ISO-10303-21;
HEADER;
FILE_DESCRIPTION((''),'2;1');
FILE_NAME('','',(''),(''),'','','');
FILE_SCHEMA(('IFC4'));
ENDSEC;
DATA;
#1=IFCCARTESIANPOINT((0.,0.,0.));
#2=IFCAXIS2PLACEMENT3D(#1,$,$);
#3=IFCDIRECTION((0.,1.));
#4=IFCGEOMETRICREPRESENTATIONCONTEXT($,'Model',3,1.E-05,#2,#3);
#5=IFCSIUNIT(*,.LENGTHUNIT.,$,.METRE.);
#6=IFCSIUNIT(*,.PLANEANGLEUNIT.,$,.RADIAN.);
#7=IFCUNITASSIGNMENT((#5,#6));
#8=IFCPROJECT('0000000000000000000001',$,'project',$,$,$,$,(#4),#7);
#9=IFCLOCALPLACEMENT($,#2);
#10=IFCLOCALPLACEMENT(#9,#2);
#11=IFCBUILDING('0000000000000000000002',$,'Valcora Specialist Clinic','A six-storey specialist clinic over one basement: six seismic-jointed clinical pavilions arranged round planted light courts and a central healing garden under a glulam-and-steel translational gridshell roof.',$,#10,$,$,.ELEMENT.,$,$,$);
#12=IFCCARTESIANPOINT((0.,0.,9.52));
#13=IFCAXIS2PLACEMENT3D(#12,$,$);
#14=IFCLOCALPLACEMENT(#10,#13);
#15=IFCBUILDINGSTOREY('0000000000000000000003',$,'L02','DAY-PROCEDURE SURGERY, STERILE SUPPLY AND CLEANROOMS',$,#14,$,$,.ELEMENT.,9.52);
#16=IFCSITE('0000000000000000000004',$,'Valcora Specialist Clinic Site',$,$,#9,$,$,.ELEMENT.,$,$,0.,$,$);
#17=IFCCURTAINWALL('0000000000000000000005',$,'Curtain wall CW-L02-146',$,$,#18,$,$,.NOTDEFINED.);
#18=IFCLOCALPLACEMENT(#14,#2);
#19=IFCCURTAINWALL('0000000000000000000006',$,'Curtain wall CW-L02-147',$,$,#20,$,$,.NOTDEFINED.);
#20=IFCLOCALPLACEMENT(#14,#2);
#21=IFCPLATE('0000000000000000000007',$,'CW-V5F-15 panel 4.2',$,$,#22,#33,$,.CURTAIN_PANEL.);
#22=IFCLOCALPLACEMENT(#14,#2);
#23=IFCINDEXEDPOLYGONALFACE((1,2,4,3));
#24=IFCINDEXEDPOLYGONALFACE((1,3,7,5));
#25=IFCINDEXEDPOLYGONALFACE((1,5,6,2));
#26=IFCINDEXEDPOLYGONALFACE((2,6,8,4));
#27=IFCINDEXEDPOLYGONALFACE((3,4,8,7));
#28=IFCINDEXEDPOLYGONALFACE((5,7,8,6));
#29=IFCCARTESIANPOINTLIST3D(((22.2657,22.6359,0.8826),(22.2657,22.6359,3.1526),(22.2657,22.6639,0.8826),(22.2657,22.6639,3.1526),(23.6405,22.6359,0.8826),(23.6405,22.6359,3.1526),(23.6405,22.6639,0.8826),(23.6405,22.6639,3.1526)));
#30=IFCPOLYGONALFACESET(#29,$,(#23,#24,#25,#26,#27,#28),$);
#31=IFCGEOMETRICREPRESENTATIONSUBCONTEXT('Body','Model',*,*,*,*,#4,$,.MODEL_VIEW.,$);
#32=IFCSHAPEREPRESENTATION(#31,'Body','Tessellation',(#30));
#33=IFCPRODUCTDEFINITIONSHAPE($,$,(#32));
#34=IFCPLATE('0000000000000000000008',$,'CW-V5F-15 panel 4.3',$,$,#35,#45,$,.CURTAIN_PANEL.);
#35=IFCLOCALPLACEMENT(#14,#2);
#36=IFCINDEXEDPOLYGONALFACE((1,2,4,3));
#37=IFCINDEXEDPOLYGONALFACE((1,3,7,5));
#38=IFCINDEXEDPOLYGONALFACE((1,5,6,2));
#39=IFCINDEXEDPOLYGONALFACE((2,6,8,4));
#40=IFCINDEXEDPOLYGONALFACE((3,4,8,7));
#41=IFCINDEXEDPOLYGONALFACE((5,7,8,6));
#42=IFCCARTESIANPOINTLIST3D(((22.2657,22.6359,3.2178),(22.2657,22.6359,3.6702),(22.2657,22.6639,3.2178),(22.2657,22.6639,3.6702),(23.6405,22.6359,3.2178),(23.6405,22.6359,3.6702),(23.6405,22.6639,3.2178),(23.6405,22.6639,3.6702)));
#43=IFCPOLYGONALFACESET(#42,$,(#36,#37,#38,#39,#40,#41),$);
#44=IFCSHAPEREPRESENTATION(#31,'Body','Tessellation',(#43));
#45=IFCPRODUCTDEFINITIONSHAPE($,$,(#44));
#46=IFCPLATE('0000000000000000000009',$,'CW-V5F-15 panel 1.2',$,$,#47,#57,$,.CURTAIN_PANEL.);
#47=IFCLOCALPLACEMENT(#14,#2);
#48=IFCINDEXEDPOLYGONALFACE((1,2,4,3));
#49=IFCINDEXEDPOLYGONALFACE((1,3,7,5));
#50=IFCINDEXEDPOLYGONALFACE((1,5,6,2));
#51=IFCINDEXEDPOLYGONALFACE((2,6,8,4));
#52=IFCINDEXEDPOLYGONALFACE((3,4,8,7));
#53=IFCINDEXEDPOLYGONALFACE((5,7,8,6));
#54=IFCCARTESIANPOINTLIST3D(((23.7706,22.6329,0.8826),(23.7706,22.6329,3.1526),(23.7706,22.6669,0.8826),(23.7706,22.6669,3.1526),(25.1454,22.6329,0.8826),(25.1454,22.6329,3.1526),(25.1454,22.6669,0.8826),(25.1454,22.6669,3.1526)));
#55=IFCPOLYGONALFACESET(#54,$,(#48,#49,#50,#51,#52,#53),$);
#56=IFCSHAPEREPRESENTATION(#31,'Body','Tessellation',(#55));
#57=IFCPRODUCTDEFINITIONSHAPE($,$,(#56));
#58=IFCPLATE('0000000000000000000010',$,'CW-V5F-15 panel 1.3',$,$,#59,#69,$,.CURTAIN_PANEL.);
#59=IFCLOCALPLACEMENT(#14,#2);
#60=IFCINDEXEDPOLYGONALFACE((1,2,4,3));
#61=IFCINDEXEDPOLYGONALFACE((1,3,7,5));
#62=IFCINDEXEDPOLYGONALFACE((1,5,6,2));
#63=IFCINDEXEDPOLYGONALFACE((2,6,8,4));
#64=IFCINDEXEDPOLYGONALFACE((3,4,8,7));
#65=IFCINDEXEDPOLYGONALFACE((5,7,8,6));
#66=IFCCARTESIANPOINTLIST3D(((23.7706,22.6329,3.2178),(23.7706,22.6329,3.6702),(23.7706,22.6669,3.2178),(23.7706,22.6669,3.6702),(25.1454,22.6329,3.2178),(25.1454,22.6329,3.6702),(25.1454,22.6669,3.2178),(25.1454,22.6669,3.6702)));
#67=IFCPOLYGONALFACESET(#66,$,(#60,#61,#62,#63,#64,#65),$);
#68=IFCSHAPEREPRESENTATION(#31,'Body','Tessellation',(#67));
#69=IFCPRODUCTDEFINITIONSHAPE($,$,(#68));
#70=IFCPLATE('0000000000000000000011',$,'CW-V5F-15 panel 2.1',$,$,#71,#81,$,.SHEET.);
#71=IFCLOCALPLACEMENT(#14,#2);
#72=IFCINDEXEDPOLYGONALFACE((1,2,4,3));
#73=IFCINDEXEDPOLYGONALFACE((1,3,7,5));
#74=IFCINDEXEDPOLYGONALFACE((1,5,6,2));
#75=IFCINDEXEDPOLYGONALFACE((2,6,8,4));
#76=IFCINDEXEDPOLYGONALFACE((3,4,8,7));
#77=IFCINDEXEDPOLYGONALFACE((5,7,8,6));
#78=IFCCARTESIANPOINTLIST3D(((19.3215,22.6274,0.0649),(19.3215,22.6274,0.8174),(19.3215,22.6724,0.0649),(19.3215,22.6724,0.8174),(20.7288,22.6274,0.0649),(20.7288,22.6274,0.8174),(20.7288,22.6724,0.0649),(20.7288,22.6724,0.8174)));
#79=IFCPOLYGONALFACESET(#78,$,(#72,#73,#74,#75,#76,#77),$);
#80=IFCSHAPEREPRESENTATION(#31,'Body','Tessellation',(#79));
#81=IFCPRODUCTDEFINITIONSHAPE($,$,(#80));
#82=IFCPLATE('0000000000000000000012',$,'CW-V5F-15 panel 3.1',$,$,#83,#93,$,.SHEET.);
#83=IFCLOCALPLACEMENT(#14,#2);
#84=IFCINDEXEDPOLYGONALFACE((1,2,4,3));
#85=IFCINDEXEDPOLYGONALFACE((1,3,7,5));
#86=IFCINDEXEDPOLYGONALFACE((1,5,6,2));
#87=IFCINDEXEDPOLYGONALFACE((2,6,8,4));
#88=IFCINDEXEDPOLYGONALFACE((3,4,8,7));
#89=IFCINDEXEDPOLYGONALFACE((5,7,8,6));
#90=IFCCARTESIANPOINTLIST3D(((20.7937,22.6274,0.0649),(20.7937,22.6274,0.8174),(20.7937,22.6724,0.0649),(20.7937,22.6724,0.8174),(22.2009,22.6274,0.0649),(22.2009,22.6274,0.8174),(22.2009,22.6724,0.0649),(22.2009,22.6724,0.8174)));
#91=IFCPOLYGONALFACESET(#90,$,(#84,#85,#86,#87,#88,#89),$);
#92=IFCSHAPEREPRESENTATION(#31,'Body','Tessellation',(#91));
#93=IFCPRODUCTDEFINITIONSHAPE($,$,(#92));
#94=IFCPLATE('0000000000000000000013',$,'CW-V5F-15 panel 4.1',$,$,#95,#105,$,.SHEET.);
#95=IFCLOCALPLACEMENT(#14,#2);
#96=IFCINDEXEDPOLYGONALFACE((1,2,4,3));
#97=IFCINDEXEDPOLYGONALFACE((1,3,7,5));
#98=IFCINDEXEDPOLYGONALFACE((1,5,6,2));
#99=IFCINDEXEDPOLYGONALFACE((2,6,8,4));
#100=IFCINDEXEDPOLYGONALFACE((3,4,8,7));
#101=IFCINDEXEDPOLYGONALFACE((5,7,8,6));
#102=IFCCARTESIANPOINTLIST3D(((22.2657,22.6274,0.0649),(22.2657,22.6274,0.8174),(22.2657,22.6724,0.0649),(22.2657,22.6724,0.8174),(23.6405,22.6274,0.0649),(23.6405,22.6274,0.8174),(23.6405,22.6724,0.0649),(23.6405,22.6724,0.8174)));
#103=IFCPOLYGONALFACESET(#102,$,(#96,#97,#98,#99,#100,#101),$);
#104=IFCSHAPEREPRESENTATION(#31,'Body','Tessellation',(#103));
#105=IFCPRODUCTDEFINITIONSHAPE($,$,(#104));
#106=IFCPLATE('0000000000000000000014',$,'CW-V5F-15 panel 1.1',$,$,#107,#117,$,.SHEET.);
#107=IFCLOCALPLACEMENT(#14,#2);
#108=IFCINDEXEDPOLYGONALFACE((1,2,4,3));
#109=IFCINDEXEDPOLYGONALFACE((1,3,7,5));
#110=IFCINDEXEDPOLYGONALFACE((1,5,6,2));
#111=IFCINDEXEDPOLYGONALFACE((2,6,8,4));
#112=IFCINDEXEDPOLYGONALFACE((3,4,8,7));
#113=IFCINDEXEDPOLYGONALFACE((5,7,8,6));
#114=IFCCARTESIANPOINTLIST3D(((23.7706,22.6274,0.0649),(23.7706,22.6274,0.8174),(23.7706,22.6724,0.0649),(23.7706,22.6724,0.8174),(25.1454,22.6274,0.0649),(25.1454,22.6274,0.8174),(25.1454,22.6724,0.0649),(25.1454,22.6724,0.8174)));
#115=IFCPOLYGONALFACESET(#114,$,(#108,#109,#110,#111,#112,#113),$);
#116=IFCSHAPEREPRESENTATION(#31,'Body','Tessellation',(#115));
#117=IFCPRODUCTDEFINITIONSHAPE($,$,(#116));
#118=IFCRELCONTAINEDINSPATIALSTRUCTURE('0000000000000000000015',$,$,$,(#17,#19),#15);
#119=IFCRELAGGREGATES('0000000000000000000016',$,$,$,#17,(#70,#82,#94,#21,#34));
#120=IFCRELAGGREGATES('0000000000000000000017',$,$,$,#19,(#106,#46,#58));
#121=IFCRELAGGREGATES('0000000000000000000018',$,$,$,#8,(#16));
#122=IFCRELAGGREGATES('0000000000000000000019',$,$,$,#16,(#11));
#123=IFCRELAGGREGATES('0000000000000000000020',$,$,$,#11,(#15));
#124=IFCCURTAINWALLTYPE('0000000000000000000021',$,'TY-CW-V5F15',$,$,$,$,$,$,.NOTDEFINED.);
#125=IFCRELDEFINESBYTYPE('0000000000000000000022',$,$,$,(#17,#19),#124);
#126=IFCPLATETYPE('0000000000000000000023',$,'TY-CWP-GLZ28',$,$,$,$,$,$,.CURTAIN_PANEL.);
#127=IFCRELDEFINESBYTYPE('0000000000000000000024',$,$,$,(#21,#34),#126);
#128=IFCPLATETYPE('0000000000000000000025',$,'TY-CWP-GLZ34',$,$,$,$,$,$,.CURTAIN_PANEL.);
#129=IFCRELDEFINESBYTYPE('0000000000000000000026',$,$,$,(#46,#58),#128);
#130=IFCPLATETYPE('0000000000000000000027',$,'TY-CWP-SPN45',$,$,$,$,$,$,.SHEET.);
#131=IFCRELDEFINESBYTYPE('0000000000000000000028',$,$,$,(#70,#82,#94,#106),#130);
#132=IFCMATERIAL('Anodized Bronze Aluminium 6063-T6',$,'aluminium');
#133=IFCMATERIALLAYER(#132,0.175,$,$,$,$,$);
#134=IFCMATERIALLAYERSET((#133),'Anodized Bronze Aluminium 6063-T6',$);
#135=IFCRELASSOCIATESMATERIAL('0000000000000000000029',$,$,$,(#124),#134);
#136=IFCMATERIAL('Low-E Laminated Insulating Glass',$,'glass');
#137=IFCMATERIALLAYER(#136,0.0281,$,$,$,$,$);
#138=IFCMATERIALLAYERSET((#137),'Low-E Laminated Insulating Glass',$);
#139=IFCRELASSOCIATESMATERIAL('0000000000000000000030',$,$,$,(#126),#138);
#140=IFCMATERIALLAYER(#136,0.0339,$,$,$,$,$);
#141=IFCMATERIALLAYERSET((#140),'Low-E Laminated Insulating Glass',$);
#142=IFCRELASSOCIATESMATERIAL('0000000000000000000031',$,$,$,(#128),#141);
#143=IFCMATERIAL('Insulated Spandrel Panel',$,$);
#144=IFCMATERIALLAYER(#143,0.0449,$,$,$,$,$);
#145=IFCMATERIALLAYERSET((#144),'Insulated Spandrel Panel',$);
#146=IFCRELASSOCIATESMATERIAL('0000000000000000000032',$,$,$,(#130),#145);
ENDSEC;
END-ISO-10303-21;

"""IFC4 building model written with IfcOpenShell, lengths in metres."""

from ifc_helpers import new_model, si_unit, direction, frame, origin, origin_2d, place, context, subcontext, project, spatial, rectangle, extrude, material, layer, layer_set, type_object, element, aggregate, save


model = new_model("IFC4")

# Units and contexts
model_context = context("Model", 3, precision=1e-05, world=origin(), true_north=direction((0.0, 1.0)))
body_context = subcontext(model_context, "Body", "Model", "MODEL_VIEW")
ifc_project = project(units=[si_unit("LENGTHUNIT", "METRE"), si_unit("PLANEANGLEUNIT", "RADIAN")], contexts=[model_context])

# Site, building, storey
site_placement = place(None, origin())
site = spatial("IfcSite", under=ifc_project, at=site_placement, Name="Valcora Specialist Clinic Site", CompositionType="ELEMENT", RefElevation=0.0)
building_placement = place(site_placement, origin())
building = spatial("IfcBuilding", under=site, at=building_placement, Name="Valcora Specialist Clinic", Description="A six-storey specialist clinic over one basement: six seismic-jointed clinical pavilions arranged round planted light courts and a central healing garden under a glulam-and-steel translational gridshell roof.", CompositionType="ELEMENT")
storey_placement = place(building_placement, frame((0.0, 0.0, 9.52)))
storey = spatial("IfcBuildingStorey", under=building, at=storey_placement, Name="L02", Description="DAY-PROCEDURE SURGERY, STERILE SUPPLY AND CLEANROOMS", CompositionType="ELEMENT", Elevation=9.52)

# Curtain walls
ifc_material_1 = material(Name="Anodized Bronze Aluminium 6063-T6", Category="aluminium")
ifc_layer_1 = layer(ifc_material_1, 0.175)
ifc_layer_set_1 = layer_set([ifc_layer_1], Name="Anodized Bronze Aluminium 6063-T6")
curtain_wall_type = type_object("IfcCurtainWallType", Name="TY-CW-V5F15", PredefinedType="NOTDEFINED", material=ifc_layer_set_1)
curtain_wall_1_placement = place(storey_placement, origin())
curtain_wall_1 = element("IfcCurtainWall", 1, at=curtain_wall_1_placement, inside=storey, type_object=curtain_wall_type, Name="Curtain wall CW-L02-146", PredefinedType="NOTDEFINED")
curtain_wall_2_placement = place(storey_placement, origin())
curtain_wall_2 = element("IfcCurtainWall", 2, at=curtain_wall_2_placement, inside=storey, type_object=curtain_wall_type, Name="Curtain wall CW-L02-147", PredefinedType="NOTDEFINED")

# Plates
ifc_material_2 = material(Name="Low-E Laminated Insulating Glass", Category="glass")
ifc_layer_2 = layer(ifc_material_2, 0.0281)
ifc_layer_set_2 = layer_set([ifc_layer_2], Name="Low-E Laminated Insulating Glass")
plate_type_1 = type_object("IfcPlateType", Name="TY-CWP-GLZ28", PredefinedType="CURTAIN_PANEL", material=ifc_layer_set_2)
plate_1_placement = place(storey_placement, frame((22.9531, 22.6499, 0.8826), z_axis=(0.0, 0.0, 1.0), x_axis=(1.0, 0.0, 0.0)))
plate_1 = element("IfcPlate", 3, at=plate_1_placement, type_object=plate_type_1, Name="CW-V5F-15 panel 4.2", PredefinedType="CURTAIN_PANEL", context=body_context, shape_type="SweptSolid", body=[
    extrude(rectangle(XDim=1.3748, YDim=0.0281, at=origin_2d()), origin(), (0.0, 0.0, 1.0), 2.27),
])
plate_2_placement = place(storey_placement, frame((22.9531, 22.6499, 3.2178), z_axis=(0.0, 0.0, 1.0), x_axis=(1.0, 0.0, 0.0)))
plate_2 = element("IfcPlate", 4, at=plate_2_placement, type_object=plate_type_1, Name="CW-V5F-15 panel 4.3", PredefinedType="CURTAIN_PANEL", context=body_context, shape_type="SweptSolid", body=[
    extrude(rectangle(XDim=1.3748, YDim=0.0281, at=origin_2d()), origin(), (0.0, 0.0, 1.0), 0.4524),
])
ifc_layer_3 = layer(ifc_material_2, 0.0339)
ifc_layer_set_3 = layer_set([ifc_layer_3], Name="Low-E Laminated Insulating Glass")
plate_type_2 = type_object("IfcPlateType", Name="TY-CWP-GLZ34", PredefinedType="CURTAIN_PANEL", material=ifc_layer_set_3)
plate_3_placement = place(storey_placement, frame((24.458, 22.6499, 0.8826), z_axis=(0.0, 0.0, 1.0), x_axis=(1.0, 0.0, 0.0)))
plate_3 = element("IfcPlate", 5, at=plate_3_placement, type_object=plate_type_2, Name="CW-V5F-15 panel 1.2", PredefinedType="CURTAIN_PANEL", context=body_context, shape_type="SweptSolid", body=[
    extrude(rectangle(XDim=1.3748, YDim=0.0339, at=origin_2d()), origin(), (0.0, 0.0, 1.0), 2.27),
])
plate_4_placement = place(storey_placement, frame((24.458, 22.6499, 3.2178), z_axis=(0.0, 0.0, 1.0), x_axis=(1.0, 0.0, 0.0)))
plate_4 = element("IfcPlate", 6, at=plate_4_placement, type_object=plate_type_2, Name="CW-V5F-15 panel 1.3", PredefinedType="CURTAIN_PANEL", context=body_context, shape_type="SweptSolid", body=[
    extrude(rectangle(XDim=1.3748, YDim=0.0339, at=origin_2d()), origin(), (0.0, 0.0, 1.0), 0.4524),
])
ifc_material_3 = material(Name="Insulated Spandrel Panel")
ifc_layer_4 = layer(ifc_material_3, 0.0449)
ifc_layer_set_4 = layer_set([ifc_layer_4], Name="Insulated Spandrel Panel")
plate_type_3 = type_object("IfcPlateType", Name="TY-CWP-SPN45", PredefinedType="SHEET", material=ifc_layer_set_4)
plate_5_placement = place(storey_placement, frame((20.0251, 22.6499, 0.0649), z_axis=(0.0, 0.0, 1.0), x_axis=(1.0, 0.0, 0.0)))
plate_5 = element("IfcPlate", 7, at=plate_5_placement, type_object=plate_type_3, Name="CW-V5F-15 panel 2.1", PredefinedType="SHEET", context=body_context, shape_type="SweptSolid", body=[
    extrude(rectangle(XDim=1.4072, YDim=0.0449, at=origin_2d()), origin(), (0.0, 0.0, 1.0), 0.7524),
])
plate_6_placement = place(storey_placement, frame((21.4973, 22.6499, 0.0649), z_axis=(0.0, 0.0, 1.0), x_axis=(1.0, 0.0, 0.0)))
plate_6 = element("IfcPlate", 8, at=plate_6_placement, type_object=plate_type_3, Name="CW-V5F-15 panel 3.1", PredefinedType="SHEET", context=body_context, shape_type="SweptSolid", body=[
    extrude(rectangle(XDim=1.4072, YDim=0.0449, at=origin_2d()), origin(), (0.0, 0.0, 1.0), 0.7524),
])
plate_7_placement = place(storey_placement, frame((22.9531, 22.6499, 0.0649), z_axis=(0.0, 0.0, 1.0), x_axis=(1.0, 0.0, 0.0)))
plate_7 = element("IfcPlate", 9, at=plate_7_placement, type_object=plate_type_3, Name="CW-V5F-15 panel 4.1", PredefinedType="SHEET", context=body_context, shape_type="SweptSolid", body=[
    extrude(rectangle(XDim=1.3748, YDim=0.0449, at=origin_2d()), origin(), (0.0, 0.0, 1.0), 0.7524),
])
aggregate(curtain_wall_1, [plate_5, plate_6, plate_7, plate_1, plate_2])
plate_8_placement = place(storey_placement, frame((24.458, 22.6499, 0.0649), z_axis=(0.0, 0.0, 1.0), x_axis=(1.0, 0.0, 0.0)))
plate_8 = element("IfcPlate", 10, at=plate_8_placement, type_object=plate_type_3, Name="CW-V5F-15 panel 1.1", PredefinedType="SHEET", context=body_context, shape_type="SweptSolid", body=[
    extrude(rectangle(XDim=1.3748, YDim=0.0449, at=origin_2d()), origin(), (0.0, 0.0, 1.0), 0.7524),
])
aggregate(curtain_wall_2, [plate_8, plate_3, plate_4])

save(model, "model.ifc")
